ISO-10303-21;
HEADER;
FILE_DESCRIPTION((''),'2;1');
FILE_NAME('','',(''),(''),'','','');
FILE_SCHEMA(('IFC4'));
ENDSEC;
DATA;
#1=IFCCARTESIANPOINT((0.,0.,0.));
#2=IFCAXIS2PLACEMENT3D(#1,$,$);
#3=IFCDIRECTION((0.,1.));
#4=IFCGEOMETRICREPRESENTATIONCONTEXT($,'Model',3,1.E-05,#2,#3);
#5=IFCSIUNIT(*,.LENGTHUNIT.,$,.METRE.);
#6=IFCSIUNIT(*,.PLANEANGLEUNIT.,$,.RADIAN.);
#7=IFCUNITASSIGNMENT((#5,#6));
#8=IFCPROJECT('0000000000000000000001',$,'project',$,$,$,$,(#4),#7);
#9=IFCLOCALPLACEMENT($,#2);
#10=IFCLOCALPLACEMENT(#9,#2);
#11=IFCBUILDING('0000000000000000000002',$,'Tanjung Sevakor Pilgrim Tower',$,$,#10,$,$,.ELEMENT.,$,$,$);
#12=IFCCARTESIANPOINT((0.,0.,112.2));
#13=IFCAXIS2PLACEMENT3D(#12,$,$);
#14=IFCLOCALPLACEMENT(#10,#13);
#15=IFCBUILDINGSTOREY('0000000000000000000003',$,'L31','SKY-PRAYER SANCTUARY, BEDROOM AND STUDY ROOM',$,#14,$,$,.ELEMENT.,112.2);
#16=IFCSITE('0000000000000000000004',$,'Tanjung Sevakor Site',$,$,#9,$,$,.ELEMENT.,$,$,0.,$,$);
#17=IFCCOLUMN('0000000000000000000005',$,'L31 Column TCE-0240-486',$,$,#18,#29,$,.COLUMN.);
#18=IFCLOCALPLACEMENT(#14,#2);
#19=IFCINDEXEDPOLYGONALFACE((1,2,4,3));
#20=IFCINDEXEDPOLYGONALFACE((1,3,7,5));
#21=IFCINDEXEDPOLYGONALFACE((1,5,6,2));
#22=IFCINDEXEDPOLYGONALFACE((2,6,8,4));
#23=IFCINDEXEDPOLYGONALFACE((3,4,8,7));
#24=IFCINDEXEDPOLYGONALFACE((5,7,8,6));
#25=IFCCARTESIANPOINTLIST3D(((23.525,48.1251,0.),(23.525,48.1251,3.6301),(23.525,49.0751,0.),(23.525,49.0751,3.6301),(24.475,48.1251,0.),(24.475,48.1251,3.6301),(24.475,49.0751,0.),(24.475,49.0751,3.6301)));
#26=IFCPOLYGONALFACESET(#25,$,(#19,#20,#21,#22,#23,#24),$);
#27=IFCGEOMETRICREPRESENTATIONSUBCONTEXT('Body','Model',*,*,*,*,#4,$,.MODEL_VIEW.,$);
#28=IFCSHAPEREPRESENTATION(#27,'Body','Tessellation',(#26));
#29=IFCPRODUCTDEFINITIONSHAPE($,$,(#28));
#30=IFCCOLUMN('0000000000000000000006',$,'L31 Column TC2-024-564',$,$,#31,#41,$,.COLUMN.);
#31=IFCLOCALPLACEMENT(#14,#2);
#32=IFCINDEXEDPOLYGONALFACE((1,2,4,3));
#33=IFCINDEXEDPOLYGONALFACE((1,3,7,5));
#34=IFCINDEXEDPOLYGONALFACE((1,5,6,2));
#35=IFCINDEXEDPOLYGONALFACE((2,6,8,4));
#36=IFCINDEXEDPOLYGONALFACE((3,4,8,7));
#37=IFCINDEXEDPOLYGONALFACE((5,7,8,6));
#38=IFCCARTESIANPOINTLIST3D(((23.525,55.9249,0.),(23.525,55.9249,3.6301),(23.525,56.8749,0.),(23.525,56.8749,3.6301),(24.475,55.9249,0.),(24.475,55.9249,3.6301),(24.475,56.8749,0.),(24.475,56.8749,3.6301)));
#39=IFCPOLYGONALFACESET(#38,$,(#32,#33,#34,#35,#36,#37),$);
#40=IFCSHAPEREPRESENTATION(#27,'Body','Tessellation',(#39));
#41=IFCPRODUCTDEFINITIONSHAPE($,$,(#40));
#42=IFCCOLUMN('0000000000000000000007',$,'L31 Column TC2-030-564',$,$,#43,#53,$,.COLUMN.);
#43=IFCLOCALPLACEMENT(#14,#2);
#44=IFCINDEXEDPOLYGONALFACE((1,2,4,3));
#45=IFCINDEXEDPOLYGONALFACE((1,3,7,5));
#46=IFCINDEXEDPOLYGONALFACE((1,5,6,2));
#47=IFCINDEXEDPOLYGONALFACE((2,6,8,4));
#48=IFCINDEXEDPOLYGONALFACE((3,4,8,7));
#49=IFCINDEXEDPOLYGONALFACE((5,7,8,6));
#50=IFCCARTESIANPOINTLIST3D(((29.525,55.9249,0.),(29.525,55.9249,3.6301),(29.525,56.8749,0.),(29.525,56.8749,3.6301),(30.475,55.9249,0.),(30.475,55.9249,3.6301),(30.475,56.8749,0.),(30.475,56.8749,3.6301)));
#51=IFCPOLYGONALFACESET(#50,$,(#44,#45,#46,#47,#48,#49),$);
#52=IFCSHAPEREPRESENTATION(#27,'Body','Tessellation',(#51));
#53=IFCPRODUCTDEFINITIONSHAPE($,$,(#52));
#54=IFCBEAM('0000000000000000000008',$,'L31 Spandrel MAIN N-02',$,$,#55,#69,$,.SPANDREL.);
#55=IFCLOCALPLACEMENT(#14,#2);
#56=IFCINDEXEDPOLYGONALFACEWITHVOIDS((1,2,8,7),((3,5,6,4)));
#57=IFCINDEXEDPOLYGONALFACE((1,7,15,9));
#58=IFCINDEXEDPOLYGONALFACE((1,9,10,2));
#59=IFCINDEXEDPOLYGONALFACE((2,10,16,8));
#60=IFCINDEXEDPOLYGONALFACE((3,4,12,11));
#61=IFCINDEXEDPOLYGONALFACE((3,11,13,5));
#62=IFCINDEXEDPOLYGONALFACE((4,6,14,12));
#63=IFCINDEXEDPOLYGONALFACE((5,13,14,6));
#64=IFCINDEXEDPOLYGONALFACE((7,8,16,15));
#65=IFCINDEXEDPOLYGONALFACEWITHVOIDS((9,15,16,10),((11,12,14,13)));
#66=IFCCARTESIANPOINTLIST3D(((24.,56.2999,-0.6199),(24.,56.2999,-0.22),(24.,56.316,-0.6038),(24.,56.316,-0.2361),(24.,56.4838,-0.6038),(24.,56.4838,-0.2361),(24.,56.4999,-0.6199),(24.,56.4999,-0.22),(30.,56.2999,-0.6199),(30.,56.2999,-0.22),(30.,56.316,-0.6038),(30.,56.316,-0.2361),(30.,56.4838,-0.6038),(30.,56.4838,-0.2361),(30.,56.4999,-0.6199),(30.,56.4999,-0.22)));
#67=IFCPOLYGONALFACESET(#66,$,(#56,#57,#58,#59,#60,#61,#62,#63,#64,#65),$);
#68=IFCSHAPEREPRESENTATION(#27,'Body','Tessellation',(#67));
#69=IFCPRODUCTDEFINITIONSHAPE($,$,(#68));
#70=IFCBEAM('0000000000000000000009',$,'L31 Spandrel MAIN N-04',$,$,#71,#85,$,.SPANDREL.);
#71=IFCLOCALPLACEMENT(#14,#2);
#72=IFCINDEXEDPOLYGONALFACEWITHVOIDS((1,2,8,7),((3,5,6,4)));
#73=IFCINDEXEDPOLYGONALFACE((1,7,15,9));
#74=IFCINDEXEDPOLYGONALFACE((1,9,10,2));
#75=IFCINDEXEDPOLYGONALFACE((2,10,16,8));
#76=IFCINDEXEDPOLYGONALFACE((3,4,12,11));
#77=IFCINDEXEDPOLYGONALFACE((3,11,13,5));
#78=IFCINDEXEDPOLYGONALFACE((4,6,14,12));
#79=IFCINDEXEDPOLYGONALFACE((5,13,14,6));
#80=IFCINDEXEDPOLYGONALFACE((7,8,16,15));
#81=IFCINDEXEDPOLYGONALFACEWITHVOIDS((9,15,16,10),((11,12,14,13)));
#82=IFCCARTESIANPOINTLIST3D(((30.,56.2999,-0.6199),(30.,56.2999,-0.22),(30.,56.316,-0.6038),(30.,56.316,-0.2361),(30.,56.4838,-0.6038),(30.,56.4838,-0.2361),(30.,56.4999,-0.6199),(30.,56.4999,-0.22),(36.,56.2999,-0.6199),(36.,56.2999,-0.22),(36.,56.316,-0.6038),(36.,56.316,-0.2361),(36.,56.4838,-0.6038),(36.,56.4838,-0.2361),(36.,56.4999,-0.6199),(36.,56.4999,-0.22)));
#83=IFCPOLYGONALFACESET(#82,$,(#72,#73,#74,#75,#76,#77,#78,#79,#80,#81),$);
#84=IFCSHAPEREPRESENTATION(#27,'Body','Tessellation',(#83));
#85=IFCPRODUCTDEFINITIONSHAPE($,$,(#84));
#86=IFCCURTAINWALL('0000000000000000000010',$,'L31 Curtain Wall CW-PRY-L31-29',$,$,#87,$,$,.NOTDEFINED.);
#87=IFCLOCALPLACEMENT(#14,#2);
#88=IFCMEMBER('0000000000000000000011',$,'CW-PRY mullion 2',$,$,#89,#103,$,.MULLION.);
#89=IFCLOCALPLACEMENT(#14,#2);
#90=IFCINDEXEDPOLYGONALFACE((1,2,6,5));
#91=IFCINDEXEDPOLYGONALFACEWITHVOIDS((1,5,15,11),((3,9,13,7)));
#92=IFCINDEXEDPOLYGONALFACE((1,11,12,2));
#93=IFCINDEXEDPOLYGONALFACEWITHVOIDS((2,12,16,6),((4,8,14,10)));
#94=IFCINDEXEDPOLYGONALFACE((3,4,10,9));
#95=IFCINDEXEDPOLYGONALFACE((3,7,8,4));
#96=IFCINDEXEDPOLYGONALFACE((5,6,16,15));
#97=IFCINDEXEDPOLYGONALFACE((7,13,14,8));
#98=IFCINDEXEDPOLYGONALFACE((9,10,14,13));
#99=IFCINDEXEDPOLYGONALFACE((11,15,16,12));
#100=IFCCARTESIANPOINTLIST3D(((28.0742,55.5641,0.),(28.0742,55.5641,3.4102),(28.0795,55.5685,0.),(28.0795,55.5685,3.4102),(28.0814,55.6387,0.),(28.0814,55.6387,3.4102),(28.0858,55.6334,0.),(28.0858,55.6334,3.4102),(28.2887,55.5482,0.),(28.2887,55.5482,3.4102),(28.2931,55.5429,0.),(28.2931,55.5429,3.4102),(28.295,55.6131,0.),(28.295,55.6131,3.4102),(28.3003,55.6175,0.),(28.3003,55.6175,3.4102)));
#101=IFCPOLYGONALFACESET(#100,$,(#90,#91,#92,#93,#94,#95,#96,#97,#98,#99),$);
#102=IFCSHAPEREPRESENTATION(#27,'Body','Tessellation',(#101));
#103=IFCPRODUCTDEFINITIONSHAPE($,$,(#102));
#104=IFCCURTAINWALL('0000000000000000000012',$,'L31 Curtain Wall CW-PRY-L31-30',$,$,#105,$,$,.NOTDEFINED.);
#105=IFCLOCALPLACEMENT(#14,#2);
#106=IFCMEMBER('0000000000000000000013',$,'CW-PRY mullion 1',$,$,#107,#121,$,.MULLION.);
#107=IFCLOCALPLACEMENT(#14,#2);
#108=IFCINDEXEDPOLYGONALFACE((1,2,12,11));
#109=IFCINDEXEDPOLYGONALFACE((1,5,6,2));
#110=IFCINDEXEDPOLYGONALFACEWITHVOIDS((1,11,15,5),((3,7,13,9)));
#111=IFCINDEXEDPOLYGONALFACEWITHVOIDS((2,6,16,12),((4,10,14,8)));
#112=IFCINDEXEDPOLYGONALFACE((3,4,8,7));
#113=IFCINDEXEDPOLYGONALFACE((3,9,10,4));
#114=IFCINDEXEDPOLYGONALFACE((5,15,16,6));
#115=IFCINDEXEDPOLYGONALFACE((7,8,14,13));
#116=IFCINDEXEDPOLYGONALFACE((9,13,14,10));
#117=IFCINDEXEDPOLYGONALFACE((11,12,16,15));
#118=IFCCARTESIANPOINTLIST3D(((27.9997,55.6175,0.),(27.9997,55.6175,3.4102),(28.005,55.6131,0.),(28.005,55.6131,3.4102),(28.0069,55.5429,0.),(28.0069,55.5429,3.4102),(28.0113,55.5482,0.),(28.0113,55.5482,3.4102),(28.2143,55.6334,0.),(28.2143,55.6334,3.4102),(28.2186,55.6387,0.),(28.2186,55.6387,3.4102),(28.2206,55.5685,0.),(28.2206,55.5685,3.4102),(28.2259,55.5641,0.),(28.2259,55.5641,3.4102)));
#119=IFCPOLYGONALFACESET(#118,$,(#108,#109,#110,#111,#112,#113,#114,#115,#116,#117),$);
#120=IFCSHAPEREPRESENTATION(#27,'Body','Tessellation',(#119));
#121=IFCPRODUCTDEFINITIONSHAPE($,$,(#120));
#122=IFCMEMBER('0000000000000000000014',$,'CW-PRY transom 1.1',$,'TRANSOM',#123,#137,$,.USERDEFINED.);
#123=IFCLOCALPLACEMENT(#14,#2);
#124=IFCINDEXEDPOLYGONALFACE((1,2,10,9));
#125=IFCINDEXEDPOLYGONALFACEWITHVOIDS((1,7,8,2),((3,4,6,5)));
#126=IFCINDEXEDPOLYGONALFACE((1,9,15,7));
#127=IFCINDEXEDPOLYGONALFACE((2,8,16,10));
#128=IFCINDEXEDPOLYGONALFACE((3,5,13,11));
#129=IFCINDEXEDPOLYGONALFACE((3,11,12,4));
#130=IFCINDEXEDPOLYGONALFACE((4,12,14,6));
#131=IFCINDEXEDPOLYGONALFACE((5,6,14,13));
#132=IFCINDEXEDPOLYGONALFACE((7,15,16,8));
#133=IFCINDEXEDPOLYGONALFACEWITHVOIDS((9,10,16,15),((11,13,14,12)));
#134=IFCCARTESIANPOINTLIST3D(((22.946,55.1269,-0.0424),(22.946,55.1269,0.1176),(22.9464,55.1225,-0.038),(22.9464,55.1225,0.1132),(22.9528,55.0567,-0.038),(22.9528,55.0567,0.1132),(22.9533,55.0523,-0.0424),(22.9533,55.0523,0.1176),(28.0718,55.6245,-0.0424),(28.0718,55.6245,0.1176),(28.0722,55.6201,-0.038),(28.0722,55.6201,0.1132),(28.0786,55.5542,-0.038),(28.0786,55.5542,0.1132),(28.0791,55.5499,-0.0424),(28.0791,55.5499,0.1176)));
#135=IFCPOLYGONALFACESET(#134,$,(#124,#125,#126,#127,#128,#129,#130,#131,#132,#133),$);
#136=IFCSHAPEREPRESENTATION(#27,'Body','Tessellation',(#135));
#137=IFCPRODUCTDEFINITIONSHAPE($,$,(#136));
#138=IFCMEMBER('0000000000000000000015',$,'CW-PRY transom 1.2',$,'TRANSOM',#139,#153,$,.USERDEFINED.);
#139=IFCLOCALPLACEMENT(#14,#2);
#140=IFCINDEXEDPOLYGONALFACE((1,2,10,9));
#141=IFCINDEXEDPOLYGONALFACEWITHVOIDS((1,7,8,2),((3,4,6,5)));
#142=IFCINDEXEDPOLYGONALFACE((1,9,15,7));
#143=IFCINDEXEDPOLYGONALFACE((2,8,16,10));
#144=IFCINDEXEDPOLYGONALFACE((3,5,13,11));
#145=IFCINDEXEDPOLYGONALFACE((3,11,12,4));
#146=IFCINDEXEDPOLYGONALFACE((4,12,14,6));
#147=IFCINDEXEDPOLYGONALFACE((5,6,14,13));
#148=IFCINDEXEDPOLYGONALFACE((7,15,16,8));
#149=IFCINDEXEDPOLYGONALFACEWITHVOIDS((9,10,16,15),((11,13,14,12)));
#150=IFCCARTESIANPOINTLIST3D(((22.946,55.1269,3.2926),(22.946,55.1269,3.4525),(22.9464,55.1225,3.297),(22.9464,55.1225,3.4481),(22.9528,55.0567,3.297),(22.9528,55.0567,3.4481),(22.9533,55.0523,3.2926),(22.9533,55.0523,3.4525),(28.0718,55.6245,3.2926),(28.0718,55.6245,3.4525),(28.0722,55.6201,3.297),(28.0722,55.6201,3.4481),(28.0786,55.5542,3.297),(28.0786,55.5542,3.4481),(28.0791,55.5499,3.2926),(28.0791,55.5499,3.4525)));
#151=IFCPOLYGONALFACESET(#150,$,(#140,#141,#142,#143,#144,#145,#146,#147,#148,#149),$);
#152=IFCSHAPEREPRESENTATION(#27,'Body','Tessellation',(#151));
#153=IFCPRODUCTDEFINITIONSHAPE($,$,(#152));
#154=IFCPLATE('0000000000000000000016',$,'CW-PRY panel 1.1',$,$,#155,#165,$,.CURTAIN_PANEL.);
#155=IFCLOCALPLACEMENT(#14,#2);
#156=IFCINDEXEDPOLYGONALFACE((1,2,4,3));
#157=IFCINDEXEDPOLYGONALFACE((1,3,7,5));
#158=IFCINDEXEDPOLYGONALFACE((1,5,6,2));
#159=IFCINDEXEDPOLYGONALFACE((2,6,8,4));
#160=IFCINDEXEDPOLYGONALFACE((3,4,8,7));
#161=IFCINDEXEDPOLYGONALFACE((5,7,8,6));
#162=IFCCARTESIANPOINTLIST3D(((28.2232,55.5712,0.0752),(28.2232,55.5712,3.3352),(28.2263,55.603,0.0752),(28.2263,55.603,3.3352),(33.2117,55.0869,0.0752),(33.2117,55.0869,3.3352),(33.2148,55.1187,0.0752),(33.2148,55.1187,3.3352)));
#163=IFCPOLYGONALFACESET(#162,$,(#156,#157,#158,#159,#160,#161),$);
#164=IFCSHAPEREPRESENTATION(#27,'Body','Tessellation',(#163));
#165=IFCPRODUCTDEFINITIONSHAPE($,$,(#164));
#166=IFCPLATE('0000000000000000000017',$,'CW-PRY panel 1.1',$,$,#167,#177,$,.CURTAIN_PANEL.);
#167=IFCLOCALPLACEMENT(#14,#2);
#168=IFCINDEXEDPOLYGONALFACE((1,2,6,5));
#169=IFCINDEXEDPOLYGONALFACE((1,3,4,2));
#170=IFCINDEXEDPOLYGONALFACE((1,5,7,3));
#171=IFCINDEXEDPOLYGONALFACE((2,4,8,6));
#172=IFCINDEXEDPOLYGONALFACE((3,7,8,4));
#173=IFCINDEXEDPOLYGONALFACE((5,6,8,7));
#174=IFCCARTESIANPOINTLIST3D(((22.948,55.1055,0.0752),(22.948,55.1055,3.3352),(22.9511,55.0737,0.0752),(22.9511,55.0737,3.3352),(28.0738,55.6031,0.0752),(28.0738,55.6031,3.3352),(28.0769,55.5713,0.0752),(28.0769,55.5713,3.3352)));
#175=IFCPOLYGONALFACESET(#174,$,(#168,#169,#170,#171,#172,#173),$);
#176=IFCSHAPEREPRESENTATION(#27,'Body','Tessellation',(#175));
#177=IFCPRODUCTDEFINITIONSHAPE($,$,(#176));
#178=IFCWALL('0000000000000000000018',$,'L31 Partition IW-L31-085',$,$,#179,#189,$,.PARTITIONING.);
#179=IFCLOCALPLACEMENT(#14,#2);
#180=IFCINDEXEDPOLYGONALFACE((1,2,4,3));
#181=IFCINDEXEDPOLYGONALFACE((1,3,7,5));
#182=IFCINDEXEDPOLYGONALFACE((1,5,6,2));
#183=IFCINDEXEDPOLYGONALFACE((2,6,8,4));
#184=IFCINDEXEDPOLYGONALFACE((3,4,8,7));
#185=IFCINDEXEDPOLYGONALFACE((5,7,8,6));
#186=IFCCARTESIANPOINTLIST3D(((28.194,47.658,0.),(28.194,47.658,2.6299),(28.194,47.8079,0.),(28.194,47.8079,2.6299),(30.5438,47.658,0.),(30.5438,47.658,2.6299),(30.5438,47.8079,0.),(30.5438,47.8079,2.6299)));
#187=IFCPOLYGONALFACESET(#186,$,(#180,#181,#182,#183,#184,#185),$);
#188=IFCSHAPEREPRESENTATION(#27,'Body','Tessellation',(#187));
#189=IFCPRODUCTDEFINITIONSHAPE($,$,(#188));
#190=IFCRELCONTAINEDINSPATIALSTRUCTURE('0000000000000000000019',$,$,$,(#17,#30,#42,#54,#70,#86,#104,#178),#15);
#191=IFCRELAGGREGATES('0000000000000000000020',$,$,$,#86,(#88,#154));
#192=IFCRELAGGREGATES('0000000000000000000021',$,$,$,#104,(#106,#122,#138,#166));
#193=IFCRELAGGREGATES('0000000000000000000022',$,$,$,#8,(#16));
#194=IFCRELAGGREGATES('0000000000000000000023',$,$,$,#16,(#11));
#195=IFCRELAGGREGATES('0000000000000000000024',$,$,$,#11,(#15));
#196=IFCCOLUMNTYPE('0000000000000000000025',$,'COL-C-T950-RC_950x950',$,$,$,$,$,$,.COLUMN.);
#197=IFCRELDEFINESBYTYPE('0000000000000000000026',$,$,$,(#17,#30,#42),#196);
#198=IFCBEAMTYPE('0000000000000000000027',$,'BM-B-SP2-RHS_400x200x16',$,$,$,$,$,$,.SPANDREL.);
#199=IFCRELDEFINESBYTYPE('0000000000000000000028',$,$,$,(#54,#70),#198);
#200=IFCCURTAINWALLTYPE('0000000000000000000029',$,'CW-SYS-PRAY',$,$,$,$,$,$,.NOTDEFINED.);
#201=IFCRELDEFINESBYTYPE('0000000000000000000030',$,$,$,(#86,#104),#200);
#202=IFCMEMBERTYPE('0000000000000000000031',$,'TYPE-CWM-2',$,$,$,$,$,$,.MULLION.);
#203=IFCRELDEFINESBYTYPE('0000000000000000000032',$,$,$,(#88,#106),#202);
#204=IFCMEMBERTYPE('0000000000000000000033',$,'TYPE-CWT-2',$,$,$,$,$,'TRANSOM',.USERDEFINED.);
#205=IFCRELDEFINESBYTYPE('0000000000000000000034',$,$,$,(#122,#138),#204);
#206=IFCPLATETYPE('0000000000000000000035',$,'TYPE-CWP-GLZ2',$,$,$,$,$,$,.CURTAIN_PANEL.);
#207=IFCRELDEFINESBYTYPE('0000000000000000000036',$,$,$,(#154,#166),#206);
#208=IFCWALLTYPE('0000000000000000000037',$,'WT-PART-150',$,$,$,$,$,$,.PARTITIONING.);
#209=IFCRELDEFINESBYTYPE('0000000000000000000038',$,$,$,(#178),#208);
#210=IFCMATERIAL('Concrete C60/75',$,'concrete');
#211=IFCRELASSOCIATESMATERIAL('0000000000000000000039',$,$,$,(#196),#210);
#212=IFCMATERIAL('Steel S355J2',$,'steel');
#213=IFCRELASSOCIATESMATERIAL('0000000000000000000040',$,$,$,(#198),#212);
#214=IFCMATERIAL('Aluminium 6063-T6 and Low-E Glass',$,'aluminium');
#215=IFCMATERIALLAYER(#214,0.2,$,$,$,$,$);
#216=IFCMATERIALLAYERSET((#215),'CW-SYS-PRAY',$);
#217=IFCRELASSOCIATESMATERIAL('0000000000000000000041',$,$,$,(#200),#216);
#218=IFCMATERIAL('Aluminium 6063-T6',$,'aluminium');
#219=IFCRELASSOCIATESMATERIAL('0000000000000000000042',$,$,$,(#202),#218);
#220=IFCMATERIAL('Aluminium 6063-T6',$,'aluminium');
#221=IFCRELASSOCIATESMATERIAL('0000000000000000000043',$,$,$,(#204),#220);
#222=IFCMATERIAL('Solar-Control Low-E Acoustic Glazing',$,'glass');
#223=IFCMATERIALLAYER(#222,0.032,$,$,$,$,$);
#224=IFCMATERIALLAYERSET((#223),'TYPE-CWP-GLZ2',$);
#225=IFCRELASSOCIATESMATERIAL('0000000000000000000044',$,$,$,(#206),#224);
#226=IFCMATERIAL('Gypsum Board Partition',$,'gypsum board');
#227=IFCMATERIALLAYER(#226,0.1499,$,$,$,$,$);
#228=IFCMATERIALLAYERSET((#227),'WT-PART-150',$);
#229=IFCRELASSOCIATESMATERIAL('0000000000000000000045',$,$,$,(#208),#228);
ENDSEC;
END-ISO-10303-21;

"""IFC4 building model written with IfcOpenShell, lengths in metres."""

from ifc_helpers import new_model, si_unit, direction, frame, frame_2d, origin, origin_2d, place, context, subcontext, project, spatial, rectangle, hollow_rectangle, extrude, material, layer, layer_set, material_profile, profile_set, type_object, element, aggregate, save


model = new_model("IFC4")

# Units and contexts
model_context = context("Model", 3, precision=1e-05, world=origin(), true_north=direction((0.0, 1.0)))
body_context = subcontext(model_context, "Body", "Model", "MODEL_VIEW")
ifc_project = project(units=[si_unit("LENGTHUNIT", "METRE"), si_unit("PLANEANGLEUNIT", "RADIAN")], contexts=[model_context])

# Site, building, storey
site_placement = place(None, origin())
site = spatial("IfcSite", under=ifc_project, at=site_placement, Name="Tanjung Sevakor Site", CompositionType="ELEMENT", RefElevation=0.0)
building_placement = place(site_placement, origin())
building = spatial("IfcBuilding", under=site, at=building_placement, Name="Tanjung Sevakor Pilgrim Tower", CompositionType="ELEMENT")
storey_placement = place(building_placement, frame((0.0, 0.0, 112.2)))
storey = spatial("IfcBuildingStorey", under=building, at=storey_placement, Name="L31", Description="SKY-PRAYER SANCTUARY, BEDROOM AND STUDY ROOM", CompositionType="ELEMENT", Elevation=112.2)

# Columns
ifc_material_1 = material(Name="Concrete C60/75", Category="concrete")
ifc_material_profile_1 = material_profile(ifc_material_1, rectangle(XDim=0.95, YDim=0.95, at=origin_2d()))
ifc_profile_set_1 = profile_set([ifc_material_profile_1], Name="Concrete C60/75")
column_type = type_object("IfcColumnType", Name="COL-C-T950-RC_950x950", PredefinedType="COLUMN", material=ifc_profile_set_1)
for number, where, z_axis, x_axis, name in (
    (1, (24.0, 48.6001, 0.0), (0.0, 0.0, 1.0), (1.0, 0.0, 0.0), "L31 Column TCE-0240-486"),
    (2, (24.0, 56.3999, 0.0), (0.0, 0.0, 1.0), (1.0, 0.0, 0.0), "L31 Column TC2-024-564"),
    (3, (30.0, 56.3999, 0.0), (0.0, 0.0, 1.0), (1.0, 0.0, 0.0), "L31 Column TC2-030-564"),
):
    element("IfcColumn", number, at=place(storey_placement, frame(where, z_axis=z_axis, x_axis=x_axis)), inside=storey, type_object=column_type, Name=name, PredefinedType="COLUMN", context=body_context, shape_type="SweptSolid", body=[
        extrude(rectangle(XDim=0.95, YDim=0.95, at=origin_2d()), origin(), (0.0, 0.0, 1.0), 3.6301),
    ])

# Beams
ifc_material_2 = material(Name="Steel S355J2", Category="steel")
ifc_material_profile_2 = material_profile(ifc_material_2, hollow_rectangle(XDim=0.2, YDim=0.3999, WallThickness=0.0161, at=origin_2d()))
ifc_profile_set_2 = profile_set([ifc_material_profile_2], Name="Steel S355J2")
beam_type = type_object("IfcBeamType", Name="BM-B-SP2-RHS_400x200x16", PredefinedType="SPANDREL", material=ifc_profile_set_2)
for number, where, z_axis, x_axis, name in (
    (4, (24.0, 56.3999, -0.4199), (1.0, 0.0, 0.0), (0.0, 1.0, 0.0), "L31 Spandrel MAIN N-02"),
    (5, (30.0, 56.3999, -0.4199), (1.0, 0.0, 0.0), (0.0, 1.0, 0.0), "L31 Spandrel MAIN N-04"),
):
    element("IfcBeam", number, at=place(storey_placement, frame(where, z_axis=z_axis, x_axis=x_axis)), inside=storey, type_object=beam_type, Name=name, PredefinedType="SPANDREL", context=body_context, shape_type="SweptSolid", body=[
        extrude(hollow_rectangle(XDim=0.2, YDim=0.3999, WallThickness=0.0161, at=origin_2d()), origin(), (0.0, 0.0, 1.0), 6.0),
    ])

# Curtain wall, member
ifc_material_3 = material(Name="Aluminium 6063-T6 and Low-E Glass", Category="aluminium")
ifc_layer_1 = layer(ifc_material_3, 0.2)
ifc_layer_set_1 = layer_set([ifc_layer_1], Name="CW-SYS-PRAY")
curtain_wall_type = type_object("IfcCurtainWallType", Name="CW-SYS-PRAY", PredefinedType="NOTDEFINED", material=ifc_layer_set_1)
curtain_wall_1_placement = place(storey_placement, origin())
curtain_wall_1 = element("IfcCurtainWall", 6, at=curtain_wall_1_placement, inside=storey, type_object=curtain_wall_type, Name="L31 Curtain Wall CW-PRY-L31-29", PredefinedType="NOTDEFINED")
ifc_material_4 = material(Name="Aluminium 6063-T6", Category="aluminium")
ifc_material_profile_3 = material_profile(ifc_material_4, hollow_rectangle(XDim=0.075, YDim=0.22, WallThickness=0.0049, at=origin_2d()))
ifc_profile_set_3 = profile_set([ifc_material_profile_3], Name="Aluminium 6063-T6")
member_type_1 = type_object("IfcMemberType", Name="TYPE-CWM-2", PredefinedType="MULLION", material=ifc_profile_set_3)
member_1_placement = place(storey_placement, frame((28.1873, 55.5908, 0.0), z_axis=(0.0, 0.0, 1.0), x_axis=(-0.096628, -0.995321, 0.0)))
member_1 = element("IfcMember", 7, at=member_1_placement, type_object=member_type_1, Name="CW-PRY mullion 2", PredefinedType="MULLION", context=body_context, shape_type="SweptSolid", body=[
    extrude(hollow_rectangle(XDim=0.075, YDim=0.22, WallThickness=0.0049, at=origin_2d()), origin(), (0.0, 0.0, 1.0), 3.4102),
])

# Curtain wall, members
curtain_wall_2_placement = place(storey_placement, origin())
curtain_wall_2 = element("IfcCurtainWall", 8, at=curtain_wall_2_placement, inside=storey, type_object=curtain_wall_type, Name="L31 Curtain Wall CW-PRY-L31-30", PredefinedType="NOTDEFINED")
member_2_placement = place(storey_placement, frame((28.1128, 55.5908, 0.0), z_axis=(0.0, 0.0, 1.0), x_axis=(0.096626, -0.995321, 0.0)))
member_2 = element("IfcMember", 9, at=member_2_placement, type_object=member_type_1, Name="CW-PRY mullion 1", PredefinedType="MULLION", context=body_context, shape_type="SweptSolid", body=[
    extrude(hollow_rectangle(XDim=0.075, YDim=0.22, WallThickness=0.0049, at=origin_2d()), origin(), (0.0, 0.0, 1.0), 3.4102),
])
ifc_material_5 = material(Name="Aluminium 6063-T6", Category="aluminium")
ifc_material_profile_4 = material_profile(ifc_material_5, hollow_rectangle(XDim=0.075, YDim=0.1599, WallThickness=0.0044, at=origin_2d()))
ifc_profile_set_4 = profile_set([ifc_material_profile_4], Name="Aluminium 6063-T6")
member_type_2 = type_object("IfcMemberType", Name="TYPE-CWT-2", ElementType="TRANSOM", PredefinedType="USERDEFINED", material=ifc_profile_set_4)
member_3_placement = place(storey_placement, frame((28.0754, 55.5872, 0.0376), z_axis=(-0.995322, -0.096617, 0.0), x_axis=(0.096617, -0.995322, 0.0)))
member_3 = element("IfcMember", 10, at=member_3_placement, type_object=member_type_2, Name="CW-PRY transom 1.1", ObjectType="TRANSOM", PredefinedType="USERDEFINED", context=body_context, shape_type="SweptSolid", body=[
    extrude(hollow_rectangle(XDim=0.075, YDim=0.1599, WallThickness=0.0044, at=origin_2d()), origin(), (0.0, 0.0, 1.0), 5.1499),
])
member_4_placement = place(storey_placement, frame((28.0754, 55.5872, 3.3726), z_axis=(-0.995322, -0.096617, 0.0), x_axis=(0.096617, -0.995322, 0.0)))
member_4 = element("IfcMember", 11, at=member_4_placement, type_object=member_type_2, Name="CW-PRY transom 1.2", ObjectType="TRANSOM", PredefinedType="USERDEFINED", context=body_context, shape_type="SweptSolid", body=[
    extrude(hollow_rectangle(XDim=0.075, YDim=0.1599, WallThickness=0.0044, at=origin_2d()), origin(), (0.0, 0.0, 1.0), 5.1499),
])

# Plates
ifc_material_6 = material(Name="Solar-Control Low-E Acoustic Glazing", Category="glass")
ifc_layer_2 = layer(ifc_material_6, 0.032)
ifc_layer_set_2 = layer_set([ifc_layer_2], Name="TYPE-CWP-GLZ2")
plate_type = type_object("IfcPlateType", Name="TYPE-CWP-GLZ2", PredefinedType="CURTAIN_PANEL", material=ifc_layer_set_2)
plate_1_placement = place(storey_placement, frame((30.719, 55.345, 0.0752), z_axis=(0.0, 0.0, 1.0), x_axis=(-0.995321, 0.096628, 0.0)))
plate_1 = element("IfcPlate", 12, at=plate_1_placement, type_object=plate_type, Name="CW-PRY panel 1.1", PredefinedType="CURTAIN_PANEL", context=body_context, shape_type="SweptSolid", body=[
    extrude(rectangle(XDim=5.012, YDim=0.032, at=origin_2d()), origin(), (0.0, 0.0, 1.0), 3.26),
])
aggregate(curtain_wall_1, [member_1, plate_1])
plate_2_placement = place(storey_placement, frame((25.5125, 55.3384, 0.0752), z_axis=(0.0, 0.0, 1.0), x_axis=(-0.995321, -0.096626, 0.0)))
plate_2 = element("IfcPlate", 13, at=plate_2_placement, type_object=plate_type, Name="CW-PRY panel 1.1", PredefinedType="CURTAIN_PANEL", context=body_context, shape_type="SweptSolid", body=[
    extrude(rectangle(XDim=5.1499, YDim=0.032, at=origin_2d()), origin(), (0.0, 0.0, 1.0), 3.26),
])
aggregate(curtain_wall_2, [member_2, member_3, member_4, plate_2])

# Wall
ifc_material_7 = material(Name="Gypsum Board Partition", Category="gypsum board")
ifc_layer_3 = layer(ifc_material_7, 0.1499)
ifc_layer_set_3 = layer_set([ifc_layer_3], Name="WT-PART-150")
wall_type = type_object("IfcWallType", Name="WT-PART-150", PredefinedType="PARTITIONING", material=ifc_layer_set_3)
wall_1_placement = place(storey_placement, frame((28.1941, 47.7329, 0.0), z_axis=(0.0, 0.0, 1.0), x_axis=(1.0, 0.0, 0.0)))
element("IfcWall", 14, at=wall_1_placement, inside=storey, type_object=wall_type, Name="L31 Partition IW-L31-085", PredefinedType="PARTITIONING", context=body_context, shape_type="SweptSolid", body=[
    extrude(rectangle(XDim=2.3499, YDim=0.1499, at=frame_2d((1.1748, 0.0))), origin(), (0.0, 0.0, 1.0), 2.6299),
])

save(model, "model.ifc")
